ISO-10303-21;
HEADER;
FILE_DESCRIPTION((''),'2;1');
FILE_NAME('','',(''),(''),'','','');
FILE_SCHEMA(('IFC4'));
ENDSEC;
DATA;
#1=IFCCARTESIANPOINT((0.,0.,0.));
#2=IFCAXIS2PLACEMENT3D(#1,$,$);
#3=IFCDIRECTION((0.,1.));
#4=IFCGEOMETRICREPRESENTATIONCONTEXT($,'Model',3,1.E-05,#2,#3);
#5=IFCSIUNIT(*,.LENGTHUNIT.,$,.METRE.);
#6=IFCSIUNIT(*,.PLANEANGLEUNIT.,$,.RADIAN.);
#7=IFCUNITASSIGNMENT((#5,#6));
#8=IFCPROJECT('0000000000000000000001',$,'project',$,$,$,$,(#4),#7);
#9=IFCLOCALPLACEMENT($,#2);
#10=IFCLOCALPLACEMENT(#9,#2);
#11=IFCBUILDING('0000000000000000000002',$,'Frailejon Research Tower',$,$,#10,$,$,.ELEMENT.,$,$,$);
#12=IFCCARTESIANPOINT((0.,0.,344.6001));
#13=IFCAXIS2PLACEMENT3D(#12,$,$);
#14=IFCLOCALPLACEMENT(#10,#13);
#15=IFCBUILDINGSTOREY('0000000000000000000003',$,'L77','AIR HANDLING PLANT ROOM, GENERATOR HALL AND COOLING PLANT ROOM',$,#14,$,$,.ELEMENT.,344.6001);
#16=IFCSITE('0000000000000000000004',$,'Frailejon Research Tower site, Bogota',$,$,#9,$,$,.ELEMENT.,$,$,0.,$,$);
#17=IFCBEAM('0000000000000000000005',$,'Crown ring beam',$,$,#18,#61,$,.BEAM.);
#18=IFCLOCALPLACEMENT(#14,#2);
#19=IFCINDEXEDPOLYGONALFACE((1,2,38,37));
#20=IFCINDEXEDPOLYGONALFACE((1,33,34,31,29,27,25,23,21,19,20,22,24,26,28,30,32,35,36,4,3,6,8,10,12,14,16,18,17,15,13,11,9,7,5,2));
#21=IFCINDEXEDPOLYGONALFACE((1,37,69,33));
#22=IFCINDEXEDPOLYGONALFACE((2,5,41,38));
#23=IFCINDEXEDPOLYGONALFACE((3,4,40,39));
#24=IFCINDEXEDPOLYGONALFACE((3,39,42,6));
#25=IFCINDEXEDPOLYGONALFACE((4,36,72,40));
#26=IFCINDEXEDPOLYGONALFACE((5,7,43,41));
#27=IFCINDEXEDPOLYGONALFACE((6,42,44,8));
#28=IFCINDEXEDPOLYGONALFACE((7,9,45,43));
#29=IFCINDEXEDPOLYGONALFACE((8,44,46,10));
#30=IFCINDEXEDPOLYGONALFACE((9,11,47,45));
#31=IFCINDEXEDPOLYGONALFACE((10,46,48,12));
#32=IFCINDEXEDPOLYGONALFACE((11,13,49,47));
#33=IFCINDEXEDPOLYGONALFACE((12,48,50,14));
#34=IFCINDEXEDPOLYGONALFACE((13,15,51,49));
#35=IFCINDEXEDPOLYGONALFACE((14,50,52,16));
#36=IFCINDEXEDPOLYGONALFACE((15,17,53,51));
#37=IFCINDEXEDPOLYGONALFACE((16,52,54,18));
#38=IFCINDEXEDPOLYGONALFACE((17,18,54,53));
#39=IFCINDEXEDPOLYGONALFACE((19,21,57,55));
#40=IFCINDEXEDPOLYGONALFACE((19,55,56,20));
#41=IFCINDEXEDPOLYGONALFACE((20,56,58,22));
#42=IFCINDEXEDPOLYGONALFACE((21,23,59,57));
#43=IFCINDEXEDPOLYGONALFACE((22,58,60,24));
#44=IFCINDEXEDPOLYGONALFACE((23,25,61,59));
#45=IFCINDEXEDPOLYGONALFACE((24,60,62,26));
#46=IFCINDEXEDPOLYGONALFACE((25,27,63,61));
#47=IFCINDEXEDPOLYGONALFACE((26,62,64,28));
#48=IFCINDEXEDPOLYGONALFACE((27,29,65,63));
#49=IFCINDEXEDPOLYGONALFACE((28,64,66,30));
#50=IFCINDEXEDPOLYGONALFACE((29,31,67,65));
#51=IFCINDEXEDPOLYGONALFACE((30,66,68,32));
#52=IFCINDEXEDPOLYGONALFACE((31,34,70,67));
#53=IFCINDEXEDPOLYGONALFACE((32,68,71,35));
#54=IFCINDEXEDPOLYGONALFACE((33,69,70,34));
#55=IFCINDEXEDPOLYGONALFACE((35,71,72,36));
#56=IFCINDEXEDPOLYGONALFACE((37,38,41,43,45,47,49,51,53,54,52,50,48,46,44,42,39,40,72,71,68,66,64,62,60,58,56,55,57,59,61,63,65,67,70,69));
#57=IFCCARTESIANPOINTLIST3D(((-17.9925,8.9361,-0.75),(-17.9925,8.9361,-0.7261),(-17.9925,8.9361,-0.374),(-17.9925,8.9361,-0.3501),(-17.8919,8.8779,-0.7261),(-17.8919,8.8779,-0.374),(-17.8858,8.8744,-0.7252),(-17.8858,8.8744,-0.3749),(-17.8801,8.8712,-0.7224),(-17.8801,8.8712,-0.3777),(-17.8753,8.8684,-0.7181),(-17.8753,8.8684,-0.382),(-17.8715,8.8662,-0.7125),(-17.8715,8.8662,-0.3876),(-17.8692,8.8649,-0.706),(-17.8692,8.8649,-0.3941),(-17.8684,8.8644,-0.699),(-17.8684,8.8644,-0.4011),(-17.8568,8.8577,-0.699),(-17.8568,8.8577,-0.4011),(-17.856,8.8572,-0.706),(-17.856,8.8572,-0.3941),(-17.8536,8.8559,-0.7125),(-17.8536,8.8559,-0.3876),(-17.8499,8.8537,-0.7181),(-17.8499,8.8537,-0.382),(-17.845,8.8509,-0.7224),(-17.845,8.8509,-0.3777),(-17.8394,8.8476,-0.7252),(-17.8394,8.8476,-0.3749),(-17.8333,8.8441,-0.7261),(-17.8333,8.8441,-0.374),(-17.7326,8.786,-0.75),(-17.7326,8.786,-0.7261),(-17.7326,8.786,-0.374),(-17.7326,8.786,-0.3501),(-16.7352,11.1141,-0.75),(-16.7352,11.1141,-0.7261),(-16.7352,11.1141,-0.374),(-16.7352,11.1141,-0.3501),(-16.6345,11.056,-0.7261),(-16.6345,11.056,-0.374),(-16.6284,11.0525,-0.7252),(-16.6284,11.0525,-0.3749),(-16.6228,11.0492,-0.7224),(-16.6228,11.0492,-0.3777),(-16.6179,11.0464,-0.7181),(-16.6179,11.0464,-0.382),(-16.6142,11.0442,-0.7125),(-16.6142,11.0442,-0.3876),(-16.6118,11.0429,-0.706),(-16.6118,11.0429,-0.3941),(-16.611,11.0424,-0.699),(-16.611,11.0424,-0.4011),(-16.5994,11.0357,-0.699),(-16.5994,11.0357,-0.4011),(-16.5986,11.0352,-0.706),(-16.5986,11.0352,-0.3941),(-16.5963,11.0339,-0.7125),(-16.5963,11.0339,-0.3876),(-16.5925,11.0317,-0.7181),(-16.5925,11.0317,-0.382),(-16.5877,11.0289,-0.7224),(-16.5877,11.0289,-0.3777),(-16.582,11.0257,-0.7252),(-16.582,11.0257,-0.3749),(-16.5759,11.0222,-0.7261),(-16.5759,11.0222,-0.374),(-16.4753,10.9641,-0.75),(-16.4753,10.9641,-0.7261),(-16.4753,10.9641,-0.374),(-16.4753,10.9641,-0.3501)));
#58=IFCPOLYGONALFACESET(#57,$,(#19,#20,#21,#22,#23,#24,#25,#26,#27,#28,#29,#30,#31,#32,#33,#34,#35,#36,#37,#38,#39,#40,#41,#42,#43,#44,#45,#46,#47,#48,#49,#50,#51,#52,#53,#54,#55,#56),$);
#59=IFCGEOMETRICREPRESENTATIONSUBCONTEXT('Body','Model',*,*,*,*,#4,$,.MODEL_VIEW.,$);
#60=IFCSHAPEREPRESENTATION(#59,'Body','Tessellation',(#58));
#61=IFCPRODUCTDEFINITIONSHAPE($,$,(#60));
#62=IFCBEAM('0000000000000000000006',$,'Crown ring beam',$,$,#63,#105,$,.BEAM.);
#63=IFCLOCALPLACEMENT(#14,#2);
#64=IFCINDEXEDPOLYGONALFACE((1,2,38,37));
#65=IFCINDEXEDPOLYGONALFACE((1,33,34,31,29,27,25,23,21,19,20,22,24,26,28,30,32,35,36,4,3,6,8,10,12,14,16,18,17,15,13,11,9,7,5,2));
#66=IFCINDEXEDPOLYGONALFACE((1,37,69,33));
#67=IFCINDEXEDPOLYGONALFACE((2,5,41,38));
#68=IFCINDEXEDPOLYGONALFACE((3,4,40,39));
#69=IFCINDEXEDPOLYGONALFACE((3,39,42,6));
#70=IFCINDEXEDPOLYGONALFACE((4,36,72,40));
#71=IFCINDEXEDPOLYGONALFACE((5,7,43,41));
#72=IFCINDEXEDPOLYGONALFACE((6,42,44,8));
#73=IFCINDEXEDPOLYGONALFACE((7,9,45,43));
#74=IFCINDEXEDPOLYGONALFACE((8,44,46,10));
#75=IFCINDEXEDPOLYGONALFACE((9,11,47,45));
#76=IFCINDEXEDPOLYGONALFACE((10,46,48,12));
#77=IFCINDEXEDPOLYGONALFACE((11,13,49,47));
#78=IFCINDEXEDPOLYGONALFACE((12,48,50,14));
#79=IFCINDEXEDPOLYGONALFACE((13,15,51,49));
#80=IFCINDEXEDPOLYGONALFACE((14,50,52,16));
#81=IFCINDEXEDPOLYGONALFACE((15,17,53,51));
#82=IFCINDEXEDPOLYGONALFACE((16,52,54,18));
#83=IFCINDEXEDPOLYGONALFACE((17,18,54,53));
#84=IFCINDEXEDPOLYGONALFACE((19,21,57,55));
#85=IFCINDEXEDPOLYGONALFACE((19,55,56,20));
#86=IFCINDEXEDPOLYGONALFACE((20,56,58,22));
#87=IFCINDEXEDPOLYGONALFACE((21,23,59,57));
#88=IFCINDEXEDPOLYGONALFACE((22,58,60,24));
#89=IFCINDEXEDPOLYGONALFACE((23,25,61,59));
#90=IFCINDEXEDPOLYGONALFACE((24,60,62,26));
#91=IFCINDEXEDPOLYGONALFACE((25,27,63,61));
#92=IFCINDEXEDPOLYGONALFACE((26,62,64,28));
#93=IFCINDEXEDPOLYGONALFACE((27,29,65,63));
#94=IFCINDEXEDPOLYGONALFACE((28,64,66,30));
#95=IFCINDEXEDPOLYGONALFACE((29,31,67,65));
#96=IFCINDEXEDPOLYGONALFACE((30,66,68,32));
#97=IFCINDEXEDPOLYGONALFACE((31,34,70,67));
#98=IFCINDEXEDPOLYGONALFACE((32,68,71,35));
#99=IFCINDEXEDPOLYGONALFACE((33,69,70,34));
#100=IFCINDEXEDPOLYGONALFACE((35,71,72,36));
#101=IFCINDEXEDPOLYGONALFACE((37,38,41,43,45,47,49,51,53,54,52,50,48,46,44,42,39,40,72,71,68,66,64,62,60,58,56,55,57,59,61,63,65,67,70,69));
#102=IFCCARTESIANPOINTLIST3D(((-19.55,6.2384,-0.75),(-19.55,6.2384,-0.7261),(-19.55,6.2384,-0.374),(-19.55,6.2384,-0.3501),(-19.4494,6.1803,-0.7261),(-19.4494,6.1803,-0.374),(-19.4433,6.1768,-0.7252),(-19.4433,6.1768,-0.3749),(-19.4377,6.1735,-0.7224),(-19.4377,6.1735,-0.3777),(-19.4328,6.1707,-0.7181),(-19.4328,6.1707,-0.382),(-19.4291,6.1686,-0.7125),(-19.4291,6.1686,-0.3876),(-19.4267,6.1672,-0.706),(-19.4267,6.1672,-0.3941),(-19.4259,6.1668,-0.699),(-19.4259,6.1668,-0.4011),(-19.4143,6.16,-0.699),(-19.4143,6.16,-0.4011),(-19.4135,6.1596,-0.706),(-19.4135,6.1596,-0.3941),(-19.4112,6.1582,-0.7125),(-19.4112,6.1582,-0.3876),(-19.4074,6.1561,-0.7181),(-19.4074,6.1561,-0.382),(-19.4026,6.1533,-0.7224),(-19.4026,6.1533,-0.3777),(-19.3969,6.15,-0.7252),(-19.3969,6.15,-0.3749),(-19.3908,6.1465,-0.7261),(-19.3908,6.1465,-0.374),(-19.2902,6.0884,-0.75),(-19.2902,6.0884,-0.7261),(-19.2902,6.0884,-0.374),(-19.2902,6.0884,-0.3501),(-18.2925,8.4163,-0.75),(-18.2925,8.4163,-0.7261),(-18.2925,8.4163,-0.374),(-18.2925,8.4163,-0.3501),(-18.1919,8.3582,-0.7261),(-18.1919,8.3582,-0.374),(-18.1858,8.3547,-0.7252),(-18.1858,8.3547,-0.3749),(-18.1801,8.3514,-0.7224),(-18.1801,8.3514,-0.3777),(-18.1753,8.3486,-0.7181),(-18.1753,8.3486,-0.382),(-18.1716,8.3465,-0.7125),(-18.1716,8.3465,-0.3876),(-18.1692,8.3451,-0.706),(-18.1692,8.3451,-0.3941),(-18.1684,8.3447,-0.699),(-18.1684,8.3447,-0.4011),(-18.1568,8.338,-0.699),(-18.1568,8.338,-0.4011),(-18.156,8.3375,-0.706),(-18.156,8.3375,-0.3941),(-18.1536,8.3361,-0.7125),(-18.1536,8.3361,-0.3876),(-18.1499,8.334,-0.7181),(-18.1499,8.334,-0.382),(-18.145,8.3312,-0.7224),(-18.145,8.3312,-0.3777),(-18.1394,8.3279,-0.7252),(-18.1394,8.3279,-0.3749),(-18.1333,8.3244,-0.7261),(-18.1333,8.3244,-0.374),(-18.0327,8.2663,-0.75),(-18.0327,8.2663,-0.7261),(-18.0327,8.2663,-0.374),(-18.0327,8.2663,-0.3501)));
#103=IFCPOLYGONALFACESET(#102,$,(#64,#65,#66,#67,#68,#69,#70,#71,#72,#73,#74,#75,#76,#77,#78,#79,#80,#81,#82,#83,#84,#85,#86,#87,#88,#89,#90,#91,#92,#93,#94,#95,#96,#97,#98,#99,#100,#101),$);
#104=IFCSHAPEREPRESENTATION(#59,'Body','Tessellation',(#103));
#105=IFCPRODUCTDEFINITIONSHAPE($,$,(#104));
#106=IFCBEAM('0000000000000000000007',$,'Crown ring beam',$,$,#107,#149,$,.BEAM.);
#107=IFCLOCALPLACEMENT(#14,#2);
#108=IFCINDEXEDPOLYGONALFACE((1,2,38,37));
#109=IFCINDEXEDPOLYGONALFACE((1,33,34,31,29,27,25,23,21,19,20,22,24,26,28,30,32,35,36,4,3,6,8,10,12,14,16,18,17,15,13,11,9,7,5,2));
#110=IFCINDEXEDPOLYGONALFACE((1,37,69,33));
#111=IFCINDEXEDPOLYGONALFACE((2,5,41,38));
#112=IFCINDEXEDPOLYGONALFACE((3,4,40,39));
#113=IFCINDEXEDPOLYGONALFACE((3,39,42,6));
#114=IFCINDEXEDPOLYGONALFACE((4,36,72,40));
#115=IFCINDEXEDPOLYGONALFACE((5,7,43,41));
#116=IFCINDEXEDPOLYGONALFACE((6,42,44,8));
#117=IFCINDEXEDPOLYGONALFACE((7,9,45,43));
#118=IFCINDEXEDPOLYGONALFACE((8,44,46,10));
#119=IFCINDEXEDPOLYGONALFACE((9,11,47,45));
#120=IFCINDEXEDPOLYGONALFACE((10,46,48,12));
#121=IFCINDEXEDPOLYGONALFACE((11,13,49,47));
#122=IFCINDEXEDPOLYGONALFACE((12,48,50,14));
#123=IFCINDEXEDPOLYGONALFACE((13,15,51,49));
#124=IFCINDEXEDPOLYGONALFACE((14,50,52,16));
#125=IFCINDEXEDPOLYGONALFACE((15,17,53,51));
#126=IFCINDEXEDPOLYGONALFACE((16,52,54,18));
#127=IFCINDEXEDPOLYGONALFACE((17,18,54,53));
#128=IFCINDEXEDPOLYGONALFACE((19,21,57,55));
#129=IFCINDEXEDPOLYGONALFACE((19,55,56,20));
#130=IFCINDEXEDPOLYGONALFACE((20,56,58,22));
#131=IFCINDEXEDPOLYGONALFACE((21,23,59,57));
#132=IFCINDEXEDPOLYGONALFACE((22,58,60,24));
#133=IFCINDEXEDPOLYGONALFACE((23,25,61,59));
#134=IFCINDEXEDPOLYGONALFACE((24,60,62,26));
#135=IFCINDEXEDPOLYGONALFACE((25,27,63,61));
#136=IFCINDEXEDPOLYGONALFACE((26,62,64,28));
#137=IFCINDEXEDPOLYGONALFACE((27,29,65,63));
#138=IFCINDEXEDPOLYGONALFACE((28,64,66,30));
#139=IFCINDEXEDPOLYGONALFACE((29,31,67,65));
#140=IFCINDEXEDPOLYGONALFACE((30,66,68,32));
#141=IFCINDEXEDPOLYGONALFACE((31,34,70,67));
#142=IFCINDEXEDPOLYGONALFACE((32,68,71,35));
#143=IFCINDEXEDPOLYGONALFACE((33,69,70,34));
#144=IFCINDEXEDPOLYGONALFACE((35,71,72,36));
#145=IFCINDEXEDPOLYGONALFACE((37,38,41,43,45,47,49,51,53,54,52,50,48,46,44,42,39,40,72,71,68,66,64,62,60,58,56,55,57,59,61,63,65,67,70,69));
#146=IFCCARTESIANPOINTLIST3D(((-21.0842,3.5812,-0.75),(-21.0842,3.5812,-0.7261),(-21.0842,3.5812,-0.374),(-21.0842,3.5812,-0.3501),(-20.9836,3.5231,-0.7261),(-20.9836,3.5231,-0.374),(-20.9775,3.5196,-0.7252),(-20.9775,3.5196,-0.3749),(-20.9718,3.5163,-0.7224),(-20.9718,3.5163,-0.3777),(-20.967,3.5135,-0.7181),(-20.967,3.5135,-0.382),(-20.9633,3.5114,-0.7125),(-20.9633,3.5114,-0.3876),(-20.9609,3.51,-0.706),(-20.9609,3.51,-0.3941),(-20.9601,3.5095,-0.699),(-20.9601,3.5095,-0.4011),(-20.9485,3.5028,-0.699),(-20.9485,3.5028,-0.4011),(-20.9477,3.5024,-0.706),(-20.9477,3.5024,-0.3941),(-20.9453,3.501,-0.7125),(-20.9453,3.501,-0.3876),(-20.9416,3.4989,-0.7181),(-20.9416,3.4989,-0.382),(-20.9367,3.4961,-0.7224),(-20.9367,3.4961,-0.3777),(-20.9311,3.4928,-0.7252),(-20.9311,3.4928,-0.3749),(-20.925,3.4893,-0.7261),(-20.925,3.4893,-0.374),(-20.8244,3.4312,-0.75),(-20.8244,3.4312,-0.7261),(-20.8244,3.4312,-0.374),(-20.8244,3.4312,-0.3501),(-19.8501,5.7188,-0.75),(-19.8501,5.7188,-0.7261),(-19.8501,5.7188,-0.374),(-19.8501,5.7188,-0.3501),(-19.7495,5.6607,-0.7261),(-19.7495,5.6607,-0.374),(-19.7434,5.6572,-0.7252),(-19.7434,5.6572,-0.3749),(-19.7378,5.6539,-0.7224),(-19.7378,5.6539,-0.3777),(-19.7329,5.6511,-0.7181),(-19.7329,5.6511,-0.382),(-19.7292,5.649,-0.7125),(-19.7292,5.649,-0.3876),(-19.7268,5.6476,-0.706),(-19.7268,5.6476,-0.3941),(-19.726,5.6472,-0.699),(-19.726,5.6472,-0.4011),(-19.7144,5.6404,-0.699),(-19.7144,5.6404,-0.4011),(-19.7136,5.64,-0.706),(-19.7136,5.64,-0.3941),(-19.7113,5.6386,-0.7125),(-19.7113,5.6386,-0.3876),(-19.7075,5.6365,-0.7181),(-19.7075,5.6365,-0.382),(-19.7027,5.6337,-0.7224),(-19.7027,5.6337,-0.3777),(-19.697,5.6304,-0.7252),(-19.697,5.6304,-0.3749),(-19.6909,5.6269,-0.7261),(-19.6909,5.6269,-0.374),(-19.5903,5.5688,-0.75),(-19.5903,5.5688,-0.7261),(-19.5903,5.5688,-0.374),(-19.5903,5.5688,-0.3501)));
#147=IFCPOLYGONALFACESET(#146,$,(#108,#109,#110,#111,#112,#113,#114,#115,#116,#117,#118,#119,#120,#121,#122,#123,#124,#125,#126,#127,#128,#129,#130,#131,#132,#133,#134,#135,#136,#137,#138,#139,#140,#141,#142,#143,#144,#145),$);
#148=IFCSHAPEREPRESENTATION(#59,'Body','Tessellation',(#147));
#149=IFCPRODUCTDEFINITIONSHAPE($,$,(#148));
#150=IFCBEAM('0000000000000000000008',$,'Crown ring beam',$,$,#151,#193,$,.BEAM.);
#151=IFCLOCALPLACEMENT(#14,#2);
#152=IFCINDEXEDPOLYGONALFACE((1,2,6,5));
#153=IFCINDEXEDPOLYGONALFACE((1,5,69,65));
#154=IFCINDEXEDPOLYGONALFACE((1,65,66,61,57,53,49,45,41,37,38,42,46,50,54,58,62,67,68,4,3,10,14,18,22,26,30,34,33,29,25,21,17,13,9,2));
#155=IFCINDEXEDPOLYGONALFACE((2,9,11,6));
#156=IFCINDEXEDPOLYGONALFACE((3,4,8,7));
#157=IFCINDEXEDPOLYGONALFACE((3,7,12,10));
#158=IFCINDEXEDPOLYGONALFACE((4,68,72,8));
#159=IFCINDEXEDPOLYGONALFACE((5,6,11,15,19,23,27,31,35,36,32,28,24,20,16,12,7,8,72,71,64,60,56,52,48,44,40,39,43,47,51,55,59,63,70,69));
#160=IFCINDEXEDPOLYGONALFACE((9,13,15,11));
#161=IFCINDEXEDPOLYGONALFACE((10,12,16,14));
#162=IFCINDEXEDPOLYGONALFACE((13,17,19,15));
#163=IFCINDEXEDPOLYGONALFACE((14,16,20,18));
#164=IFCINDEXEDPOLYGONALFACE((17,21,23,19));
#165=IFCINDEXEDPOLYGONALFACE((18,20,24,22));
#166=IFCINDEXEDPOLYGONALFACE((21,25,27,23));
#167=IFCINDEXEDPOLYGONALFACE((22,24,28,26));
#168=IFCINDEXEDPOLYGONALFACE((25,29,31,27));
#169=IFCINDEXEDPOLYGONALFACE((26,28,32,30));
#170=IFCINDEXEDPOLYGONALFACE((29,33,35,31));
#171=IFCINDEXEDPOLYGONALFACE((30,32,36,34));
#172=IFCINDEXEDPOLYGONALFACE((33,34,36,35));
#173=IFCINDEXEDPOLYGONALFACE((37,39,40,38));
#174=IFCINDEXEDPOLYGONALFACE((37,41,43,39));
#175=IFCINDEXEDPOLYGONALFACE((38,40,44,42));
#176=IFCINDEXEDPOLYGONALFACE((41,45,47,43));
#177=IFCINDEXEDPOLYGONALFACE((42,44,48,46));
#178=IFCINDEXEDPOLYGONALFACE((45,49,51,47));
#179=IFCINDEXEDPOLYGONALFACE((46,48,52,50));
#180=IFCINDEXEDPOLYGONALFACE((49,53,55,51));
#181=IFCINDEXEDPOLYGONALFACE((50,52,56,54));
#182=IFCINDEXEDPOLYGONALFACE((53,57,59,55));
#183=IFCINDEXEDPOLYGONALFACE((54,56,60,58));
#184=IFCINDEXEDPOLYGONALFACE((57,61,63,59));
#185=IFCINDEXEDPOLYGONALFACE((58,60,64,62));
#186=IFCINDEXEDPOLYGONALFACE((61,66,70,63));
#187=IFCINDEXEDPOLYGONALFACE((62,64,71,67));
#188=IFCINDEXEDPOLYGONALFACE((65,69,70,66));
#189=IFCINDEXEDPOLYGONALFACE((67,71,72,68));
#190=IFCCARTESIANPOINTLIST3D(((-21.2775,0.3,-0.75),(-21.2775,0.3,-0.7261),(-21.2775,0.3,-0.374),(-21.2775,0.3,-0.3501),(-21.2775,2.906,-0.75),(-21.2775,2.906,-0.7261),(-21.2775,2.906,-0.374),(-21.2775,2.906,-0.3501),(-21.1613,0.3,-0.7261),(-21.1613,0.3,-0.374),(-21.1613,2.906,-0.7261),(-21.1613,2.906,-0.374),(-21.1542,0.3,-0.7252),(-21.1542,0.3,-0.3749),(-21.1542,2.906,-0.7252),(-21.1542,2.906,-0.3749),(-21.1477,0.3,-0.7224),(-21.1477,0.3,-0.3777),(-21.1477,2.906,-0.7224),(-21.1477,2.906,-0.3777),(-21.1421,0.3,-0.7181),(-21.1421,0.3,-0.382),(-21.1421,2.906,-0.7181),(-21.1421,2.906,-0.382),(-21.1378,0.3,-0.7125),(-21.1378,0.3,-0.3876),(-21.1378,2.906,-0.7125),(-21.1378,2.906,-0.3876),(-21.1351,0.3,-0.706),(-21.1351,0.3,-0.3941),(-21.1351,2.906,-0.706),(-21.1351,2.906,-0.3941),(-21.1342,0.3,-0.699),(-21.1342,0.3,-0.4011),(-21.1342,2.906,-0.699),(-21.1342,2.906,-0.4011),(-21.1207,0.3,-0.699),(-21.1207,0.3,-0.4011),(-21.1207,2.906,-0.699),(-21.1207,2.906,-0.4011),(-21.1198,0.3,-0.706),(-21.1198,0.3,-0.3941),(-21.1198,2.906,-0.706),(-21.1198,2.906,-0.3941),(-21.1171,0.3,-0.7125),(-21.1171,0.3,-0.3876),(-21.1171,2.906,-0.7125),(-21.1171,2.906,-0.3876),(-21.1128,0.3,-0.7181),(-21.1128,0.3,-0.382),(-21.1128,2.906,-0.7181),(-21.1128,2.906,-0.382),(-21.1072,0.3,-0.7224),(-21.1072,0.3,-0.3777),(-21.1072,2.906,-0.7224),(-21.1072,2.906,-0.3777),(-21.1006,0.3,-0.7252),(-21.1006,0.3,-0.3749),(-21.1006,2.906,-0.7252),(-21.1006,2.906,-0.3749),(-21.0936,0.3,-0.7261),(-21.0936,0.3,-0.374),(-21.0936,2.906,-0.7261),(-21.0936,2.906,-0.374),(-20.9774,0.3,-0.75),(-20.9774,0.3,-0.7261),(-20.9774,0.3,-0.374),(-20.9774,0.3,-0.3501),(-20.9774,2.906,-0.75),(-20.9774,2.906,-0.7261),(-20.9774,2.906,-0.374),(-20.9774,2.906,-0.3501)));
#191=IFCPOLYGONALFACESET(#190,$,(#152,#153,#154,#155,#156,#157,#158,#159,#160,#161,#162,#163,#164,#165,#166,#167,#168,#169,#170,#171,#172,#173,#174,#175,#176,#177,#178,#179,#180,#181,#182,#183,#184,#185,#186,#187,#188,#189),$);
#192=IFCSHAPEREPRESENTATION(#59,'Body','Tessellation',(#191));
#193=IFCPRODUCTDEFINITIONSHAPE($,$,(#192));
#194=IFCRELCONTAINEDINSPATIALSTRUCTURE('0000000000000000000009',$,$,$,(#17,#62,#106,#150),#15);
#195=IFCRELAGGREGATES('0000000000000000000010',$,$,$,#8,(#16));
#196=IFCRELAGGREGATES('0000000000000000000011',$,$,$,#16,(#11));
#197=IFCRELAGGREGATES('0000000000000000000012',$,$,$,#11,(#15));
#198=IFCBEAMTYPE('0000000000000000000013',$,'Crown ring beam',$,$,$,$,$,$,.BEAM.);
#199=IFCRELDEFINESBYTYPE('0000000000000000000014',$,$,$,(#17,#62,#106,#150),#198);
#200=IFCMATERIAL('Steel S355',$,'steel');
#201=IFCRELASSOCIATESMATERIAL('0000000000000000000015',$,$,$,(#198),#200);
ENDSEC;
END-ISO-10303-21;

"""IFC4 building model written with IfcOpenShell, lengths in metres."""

from ifc_helpers import new_model, si_unit, direction, frame, origin, origin_2d, place, context, subcontext, project, spatial, i_section, extrude, material, material_profile, profile_set, type_object, element, save


model = new_model("IFC4")

# Units and contexts
model_context = context("Model", 3, precision=1e-05, world=origin(), true_north=direction((0.0, 1.0)))
body_context = subcontext(model_context, "Body", "Model", "MODEL_VIEW")
ifc_project = project(units=[si_unit("LENGTHUNIT", "METRE"), si_unit("PLANEANGLEUNIT", "RADIAN")], contexts=[model_context])

# Site, building, storey
site_placement = place(None, origin())
site = spatial("IfcSite", under=ifc_project, at=site_placement, Name="Frailejon Research Tower site, Bogota", CompositionType="ELEMENT", RefElevation=0.0)
building_placement = place(site_placement, origin())
building = spatial("IfcBuilding", under=site, at=building_placement, Name="Frailejon Research Tower", CompositionType="ELEMENT")
storey_placement = place(building_placement, frame((0.0, 0.0, 344.6001)))
storey = spatial("IfcBuildingStorey", under=building, at=storey_placement, Name="L77", Description="AIR HANDLING PLANT ROOM, GENERATOR HALL AND COOLING PLANT ROOM", CompositionType="ELEMENT", Elevation=344.6001)

# Beams
ifc_material_1 = material(Name="Steel S355", Category="steel")
ifc_material_profile_1 = material_profile(ifc_material_1, i_section(OverallWidth=0.3, OverallDepth=0.3999, WebThickness=0.0134, FlangeThickness=0.0239, FilletRadius=0.0271, at=origin_2d()), Name="HE 400 B")
ifc_profile_set_1 = profile_set([ifc_material_profile_1], Name="Steel S355")
beam_type_1 = type_object("IfcBeamType", Name="Crown ring beam", PredefinedType="BEAM", material=ifc_profile_set_1)
for number, where, z_axis, x_axis, name in (
    (1, (-16.6052, 11.0391, -0.55), (-0.499961, -0.866048, 0.0), (0.866048, -0.499961, 0.0), "Crown ring beam"),
    (2, (-18.1626, 8.3413, -0.55), (-0.500033, -0.866006, 0.0), (0.866006, -0.500033, 0.0), "Crown ring beam"),
):
    element("IfcBeam", number, at=place(storey_placement, frame(where, z_axis=z_axis, x_axis=x_axis)), inside=storey, type_object=beam_type_1, Name=name, PredefinedType="BEAM", context=body_context, shape_type="SweptSolid", body=[
        extrude(i_section(OverallWidth=0.3, OverallDepth=0.3999, WebThickness=0.0134, FlangeThickness=0.0239, FilletRadius=0.0271, at=origin_2d()), origin(), (0.0, 0.0, 1.0), 2.5149),
    ])
beam_1_placement = place(storey_placement, frame((-19.7202, 5.6438, -0.55), z_axis=(-0.499979, -0.866037, 0.0), x_axis=(0.866037, -0.499979, 0.0)))
element("IfcBeam", 3, at=beam_1_placement, inside=storey, type_object=beam_type_1, Name="Crown ring beam", PredefinedType="BEAM", context=body_context, shape_type="SweptSolid", body=[
    extrude(i_section(OverallWidth=0.3, OverallDepth=0.3999, WebThickness=0.0134, FlangeThickness=0.0239, FilletRadius=0.0271, at=origin_2d()), origin(), (0.0, 0.0, 1.0), 2.4683),
])
beam_2_placement = place(storey_placement, frame((-21.1274, 2.906, -0.55), z_axis=(0.0, -1.0, 0.0), x_axis=(1.0, 0.0, 0.0)))
element("IfcBeam", 4, at=beam_2_placement, inside=storey, type_object=beam_type_1, Name="Crown ring beam", PredefinedType="BEAM", context=body_context, shape_type="SweptSolid", body=[
    extrude(i_section(OverallWidth=0.3, OverallDepth=0.3999, WebThickness=0.0134, FlangeThickness=0.0239, FilletRadius=0.0271, at=origin_2d()), origin(), (0.0, 0.0, 1.0), 2.606),
])

save(model, "model.ifc")
